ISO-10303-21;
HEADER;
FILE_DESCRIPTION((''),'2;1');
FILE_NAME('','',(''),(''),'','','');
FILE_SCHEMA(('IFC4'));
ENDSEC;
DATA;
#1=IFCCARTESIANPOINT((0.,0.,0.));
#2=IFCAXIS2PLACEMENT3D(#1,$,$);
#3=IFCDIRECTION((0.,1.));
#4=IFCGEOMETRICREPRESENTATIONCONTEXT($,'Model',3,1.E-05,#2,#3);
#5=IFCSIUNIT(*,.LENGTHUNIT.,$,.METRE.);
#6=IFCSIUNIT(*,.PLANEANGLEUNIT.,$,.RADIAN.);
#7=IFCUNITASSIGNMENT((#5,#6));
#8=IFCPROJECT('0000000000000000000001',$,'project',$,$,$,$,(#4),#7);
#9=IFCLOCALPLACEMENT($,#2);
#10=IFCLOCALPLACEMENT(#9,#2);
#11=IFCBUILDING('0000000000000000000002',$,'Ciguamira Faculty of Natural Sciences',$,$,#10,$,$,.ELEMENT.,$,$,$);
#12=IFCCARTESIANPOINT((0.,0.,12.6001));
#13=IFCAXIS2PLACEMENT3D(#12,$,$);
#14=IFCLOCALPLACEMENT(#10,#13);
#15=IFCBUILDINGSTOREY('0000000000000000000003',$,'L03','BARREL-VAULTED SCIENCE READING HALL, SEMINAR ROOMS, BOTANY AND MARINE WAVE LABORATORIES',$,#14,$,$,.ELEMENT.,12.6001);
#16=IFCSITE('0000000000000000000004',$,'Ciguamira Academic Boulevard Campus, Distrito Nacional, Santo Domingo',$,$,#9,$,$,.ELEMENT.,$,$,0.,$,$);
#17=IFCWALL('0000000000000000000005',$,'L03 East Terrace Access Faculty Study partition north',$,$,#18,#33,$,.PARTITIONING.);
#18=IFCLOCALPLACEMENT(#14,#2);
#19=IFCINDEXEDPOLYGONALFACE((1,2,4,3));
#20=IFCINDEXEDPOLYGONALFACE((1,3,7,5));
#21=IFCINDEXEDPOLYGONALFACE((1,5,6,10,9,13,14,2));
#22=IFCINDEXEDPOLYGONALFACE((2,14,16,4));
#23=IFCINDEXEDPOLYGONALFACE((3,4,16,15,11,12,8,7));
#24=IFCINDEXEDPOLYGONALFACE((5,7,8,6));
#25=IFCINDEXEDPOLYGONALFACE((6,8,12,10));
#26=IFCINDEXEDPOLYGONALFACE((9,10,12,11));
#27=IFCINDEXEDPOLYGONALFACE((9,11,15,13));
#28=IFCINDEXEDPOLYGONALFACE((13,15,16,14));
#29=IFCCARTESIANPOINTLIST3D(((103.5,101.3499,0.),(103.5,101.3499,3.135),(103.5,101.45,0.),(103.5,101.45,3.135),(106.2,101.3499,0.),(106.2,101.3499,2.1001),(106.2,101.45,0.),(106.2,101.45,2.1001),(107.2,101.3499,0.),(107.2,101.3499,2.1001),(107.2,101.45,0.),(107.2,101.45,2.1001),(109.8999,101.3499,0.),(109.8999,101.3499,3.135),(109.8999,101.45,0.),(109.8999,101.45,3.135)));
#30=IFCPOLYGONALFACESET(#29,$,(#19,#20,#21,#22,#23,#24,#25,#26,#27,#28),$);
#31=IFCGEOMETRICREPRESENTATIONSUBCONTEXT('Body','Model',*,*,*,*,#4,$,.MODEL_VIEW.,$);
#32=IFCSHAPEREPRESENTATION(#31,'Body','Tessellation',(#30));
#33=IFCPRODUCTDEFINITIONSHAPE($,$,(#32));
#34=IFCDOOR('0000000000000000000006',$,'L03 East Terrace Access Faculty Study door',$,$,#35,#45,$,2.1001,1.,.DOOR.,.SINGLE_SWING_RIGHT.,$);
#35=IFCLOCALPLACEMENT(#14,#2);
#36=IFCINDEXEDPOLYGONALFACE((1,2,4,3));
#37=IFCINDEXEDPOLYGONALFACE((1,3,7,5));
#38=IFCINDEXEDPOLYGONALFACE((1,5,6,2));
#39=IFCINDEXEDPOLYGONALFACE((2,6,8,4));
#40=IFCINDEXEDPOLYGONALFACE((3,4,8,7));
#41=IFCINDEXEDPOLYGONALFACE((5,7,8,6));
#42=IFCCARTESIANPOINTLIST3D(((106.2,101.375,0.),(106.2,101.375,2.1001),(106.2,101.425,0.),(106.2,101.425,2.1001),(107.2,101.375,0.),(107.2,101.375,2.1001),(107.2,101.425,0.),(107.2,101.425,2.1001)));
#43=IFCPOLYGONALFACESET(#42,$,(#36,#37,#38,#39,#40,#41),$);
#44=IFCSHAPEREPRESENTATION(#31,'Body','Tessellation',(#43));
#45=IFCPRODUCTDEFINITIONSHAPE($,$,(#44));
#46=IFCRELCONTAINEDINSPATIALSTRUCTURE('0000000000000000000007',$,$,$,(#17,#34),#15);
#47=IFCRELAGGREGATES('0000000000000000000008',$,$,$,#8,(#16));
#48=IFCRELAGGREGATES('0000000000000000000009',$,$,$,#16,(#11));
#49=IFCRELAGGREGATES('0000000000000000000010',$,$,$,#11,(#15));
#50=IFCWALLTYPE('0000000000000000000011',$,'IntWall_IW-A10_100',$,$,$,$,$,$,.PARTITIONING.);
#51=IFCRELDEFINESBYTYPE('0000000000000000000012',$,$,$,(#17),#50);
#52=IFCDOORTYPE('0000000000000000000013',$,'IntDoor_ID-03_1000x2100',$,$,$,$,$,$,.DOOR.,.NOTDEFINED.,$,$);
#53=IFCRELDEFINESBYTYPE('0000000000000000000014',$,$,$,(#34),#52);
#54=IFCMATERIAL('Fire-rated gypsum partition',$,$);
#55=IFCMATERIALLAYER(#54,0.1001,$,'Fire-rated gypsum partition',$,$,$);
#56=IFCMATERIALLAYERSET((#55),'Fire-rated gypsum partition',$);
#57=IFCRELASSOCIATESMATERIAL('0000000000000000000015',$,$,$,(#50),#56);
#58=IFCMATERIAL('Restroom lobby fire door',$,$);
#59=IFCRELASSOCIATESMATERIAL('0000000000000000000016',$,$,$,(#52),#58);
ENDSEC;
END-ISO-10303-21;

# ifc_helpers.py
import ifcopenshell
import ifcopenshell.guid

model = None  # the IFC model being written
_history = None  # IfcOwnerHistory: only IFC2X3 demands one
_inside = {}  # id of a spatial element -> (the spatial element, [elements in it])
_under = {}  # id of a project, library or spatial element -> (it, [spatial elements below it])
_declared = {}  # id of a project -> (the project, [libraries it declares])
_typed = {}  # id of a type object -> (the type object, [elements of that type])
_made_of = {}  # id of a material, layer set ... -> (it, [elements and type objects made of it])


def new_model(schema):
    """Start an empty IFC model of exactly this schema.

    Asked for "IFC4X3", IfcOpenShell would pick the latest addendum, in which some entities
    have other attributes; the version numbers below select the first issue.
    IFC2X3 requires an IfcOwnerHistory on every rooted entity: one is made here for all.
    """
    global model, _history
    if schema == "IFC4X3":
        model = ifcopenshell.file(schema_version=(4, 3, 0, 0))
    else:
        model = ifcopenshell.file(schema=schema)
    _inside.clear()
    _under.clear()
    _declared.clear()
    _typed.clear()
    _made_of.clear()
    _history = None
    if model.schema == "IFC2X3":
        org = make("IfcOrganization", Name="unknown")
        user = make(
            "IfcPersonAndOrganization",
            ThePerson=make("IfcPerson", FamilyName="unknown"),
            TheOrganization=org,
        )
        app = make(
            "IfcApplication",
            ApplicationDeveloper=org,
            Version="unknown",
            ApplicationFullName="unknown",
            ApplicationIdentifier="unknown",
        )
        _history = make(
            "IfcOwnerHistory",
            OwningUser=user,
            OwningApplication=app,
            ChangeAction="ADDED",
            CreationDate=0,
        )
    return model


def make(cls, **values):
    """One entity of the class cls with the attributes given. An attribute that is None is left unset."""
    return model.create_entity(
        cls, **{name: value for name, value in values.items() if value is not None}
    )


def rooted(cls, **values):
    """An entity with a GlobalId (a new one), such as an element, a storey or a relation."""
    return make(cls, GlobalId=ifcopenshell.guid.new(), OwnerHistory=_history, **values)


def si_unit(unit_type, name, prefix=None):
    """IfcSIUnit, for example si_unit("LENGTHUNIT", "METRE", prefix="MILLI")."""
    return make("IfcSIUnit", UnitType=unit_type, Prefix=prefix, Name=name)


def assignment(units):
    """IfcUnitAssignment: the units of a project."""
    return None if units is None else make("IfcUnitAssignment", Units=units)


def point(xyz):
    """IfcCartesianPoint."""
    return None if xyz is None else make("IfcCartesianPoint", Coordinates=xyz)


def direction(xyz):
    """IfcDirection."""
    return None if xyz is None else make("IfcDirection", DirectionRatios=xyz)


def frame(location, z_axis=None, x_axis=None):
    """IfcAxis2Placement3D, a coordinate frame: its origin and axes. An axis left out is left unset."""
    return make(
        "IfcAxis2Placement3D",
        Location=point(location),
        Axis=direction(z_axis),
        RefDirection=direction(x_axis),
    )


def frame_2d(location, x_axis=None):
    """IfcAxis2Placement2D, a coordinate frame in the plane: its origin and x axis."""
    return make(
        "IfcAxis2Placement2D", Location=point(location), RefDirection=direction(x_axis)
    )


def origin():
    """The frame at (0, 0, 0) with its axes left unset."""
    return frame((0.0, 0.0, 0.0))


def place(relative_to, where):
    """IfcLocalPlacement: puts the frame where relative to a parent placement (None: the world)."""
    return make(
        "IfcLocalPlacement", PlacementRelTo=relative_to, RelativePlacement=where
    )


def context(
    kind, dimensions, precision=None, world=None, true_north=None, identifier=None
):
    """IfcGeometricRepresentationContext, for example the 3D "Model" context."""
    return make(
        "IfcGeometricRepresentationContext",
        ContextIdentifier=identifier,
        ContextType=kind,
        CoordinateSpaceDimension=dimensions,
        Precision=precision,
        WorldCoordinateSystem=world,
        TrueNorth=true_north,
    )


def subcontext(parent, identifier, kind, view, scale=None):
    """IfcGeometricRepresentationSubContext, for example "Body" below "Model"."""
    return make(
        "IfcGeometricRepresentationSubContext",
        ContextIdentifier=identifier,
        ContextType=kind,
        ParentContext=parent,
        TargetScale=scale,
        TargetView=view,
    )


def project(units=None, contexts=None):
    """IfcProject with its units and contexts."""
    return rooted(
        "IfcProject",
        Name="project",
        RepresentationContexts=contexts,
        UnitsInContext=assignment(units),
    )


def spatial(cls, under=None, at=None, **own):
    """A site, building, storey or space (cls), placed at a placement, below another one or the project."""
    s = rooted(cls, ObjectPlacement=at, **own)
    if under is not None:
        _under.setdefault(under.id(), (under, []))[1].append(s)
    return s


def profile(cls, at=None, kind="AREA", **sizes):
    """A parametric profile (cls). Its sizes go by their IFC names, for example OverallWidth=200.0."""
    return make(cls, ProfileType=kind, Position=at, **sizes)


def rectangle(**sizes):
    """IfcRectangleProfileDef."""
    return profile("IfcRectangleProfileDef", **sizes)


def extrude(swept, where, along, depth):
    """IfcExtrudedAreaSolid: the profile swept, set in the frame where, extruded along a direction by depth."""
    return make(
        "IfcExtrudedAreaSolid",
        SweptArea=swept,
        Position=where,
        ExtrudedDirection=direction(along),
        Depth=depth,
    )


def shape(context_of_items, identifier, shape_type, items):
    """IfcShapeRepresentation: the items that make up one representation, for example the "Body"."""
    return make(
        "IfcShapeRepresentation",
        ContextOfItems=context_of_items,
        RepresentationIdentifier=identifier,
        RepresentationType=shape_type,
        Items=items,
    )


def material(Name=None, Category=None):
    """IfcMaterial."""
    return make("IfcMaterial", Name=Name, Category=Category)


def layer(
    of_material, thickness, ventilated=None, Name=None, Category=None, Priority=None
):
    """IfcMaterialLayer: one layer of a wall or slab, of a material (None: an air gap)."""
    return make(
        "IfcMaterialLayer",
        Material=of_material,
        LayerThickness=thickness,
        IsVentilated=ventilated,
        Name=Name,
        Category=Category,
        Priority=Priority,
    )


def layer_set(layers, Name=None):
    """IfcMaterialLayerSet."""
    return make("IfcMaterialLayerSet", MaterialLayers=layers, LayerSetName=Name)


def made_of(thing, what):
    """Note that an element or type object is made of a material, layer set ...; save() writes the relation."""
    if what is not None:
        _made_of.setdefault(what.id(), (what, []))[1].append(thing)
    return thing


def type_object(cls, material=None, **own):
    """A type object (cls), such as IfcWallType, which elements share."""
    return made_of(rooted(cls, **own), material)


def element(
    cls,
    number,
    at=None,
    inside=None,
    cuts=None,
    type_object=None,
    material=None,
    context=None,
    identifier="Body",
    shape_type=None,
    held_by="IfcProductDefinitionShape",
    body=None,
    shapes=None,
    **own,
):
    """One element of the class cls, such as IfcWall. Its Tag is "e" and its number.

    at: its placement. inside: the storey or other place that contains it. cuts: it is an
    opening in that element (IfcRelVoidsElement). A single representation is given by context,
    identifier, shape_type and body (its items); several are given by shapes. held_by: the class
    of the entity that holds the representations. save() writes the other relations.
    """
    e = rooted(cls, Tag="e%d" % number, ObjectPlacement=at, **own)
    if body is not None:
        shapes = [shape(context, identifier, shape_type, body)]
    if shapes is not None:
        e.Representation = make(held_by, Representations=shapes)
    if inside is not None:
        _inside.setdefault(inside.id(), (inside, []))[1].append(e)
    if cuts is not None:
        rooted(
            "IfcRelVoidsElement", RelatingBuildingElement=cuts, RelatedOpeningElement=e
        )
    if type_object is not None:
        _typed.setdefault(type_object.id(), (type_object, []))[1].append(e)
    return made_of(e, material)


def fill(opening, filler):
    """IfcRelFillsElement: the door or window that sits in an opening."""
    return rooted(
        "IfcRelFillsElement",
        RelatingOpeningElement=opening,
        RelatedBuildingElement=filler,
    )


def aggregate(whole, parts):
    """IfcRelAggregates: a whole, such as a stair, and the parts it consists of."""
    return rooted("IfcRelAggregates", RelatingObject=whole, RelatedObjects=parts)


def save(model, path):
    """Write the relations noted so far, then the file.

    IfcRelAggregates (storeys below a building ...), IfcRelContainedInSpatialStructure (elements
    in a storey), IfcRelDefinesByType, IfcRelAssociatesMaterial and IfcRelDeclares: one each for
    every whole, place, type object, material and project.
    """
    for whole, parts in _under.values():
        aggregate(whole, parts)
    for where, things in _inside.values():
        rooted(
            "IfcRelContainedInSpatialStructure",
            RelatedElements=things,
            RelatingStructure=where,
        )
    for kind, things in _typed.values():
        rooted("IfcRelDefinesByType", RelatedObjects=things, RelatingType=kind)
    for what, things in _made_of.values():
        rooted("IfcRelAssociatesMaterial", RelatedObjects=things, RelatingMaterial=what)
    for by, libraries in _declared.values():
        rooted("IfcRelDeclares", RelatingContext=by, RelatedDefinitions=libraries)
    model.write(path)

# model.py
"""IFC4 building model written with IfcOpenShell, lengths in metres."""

from ifc_helpers import new_model, si_unit, direction, frame, frame_2d, origin, place, context, subcontext, project, spatial, rectangle, extrude, material, layer, layer_set, type_object, element, fill, save


model = new_model("IFC4")

# Units and contexts
model_context = context("Model", 3, precision=1e-05, world=origin(), true_north=direction((0.0, 1.0)))
body_context = subcontext(model_context, "Body", "Model", "MODEL_VIEW")
ifc_project = project(units=[si_unit("LENGTHUNIT", "METRE"), si_unit("PLANEANGLEUNIT", "RADIAN")], contexts=[model_context])

# Site, building, storey
site_placement = place(None, origin())
site = spatial("IfcSite", under=ifc_project, at=site_placement, Name="Ciguamira Academic Boulevard Campus, Distrito Nacional, Santo Domingo", CompositionType="ELEMENT", RefElevation=0.0)
building_placement = place(site_placement, origin())
building = spatial("IfcBuilding", under=site, at=building_placement, Name="Ciguamira Faculty of Natural Sciences", CompositionType="ELEMENT")
storey_placement = place(building_placement, frame((0.0, 0.0, 12.6001)))
storey = spatial("IfcBuildingStorey", under=building, at=storey_placement, Name="L03", Description="BARREL-VAULTED SCIENCE READING HALL, SEMINAR ROOMS, BOTANY AND MARINE WAVE LABORATORIES", CompositionType="ELEMENT", Elevation=12.6001)

# Wall, opening, door
ifc_material_1 = material(Name="Fire-rated gypsum partition")
ifc_layer_1 = layer(ifc_material_1, 0.1001, Name="Fire-rated gypsum partition")
ifc_layer_set_1 = layer_set([ifc_layer_1], Name="Fire-rated gypsum partition")
wall_type_1 = type_object("IfcWallType", Name="IntWall_IW-A10_100", PredefinedType="PARTITIONING", material=ifc_layer_set_1)
wall_1_placement = place(storey_placement, frame((103.5, 101.3999, 0.0), z_axis=(0.0, 0.0, 1.0), x_axis=(1.0, 0.0, 0.0)))
wall_1 = element("IfcWall", 1, at=wall_1_placement, inside=storey, type_object=wall_type_1, Name="L03 East Terrace Access Faculty Study partition north", PredefinedType="PARTITIONING", context=body_context, shape_type="SweptSolid", body=[
    extrude(rectangle(XDim=6.3999, YDim=0.1001, at=frame_2d((3.2, 0.0))), origin(), (0.0, 0.0, 1.0), 3.135),
])
opening_1_placement = place(wall_1_placement, frame((2.7, 0.0, 0.0)))
opening_1 = element("IfcOpeningElement", 2, at=opening_1_placement, cuts=wall_1, PredefinedType="OPENING", context=body_context, shape_type="SweptSolid", body=[
    extrude(rectangle(XDim=1.0, YDim=2.1001, at=frame_2d((0.5, 1.05))), frame((0.0, 0.0601, 0.0), z_axis=(0.0, -1.0, 0.0), x_axis=(1.0, 0.0, 0.0)), (0.0, 0.0, 1.0), 0.1201),
])
ifc_material_2 = material(Name="Restroom lobby fire door")
door_type_1 = type_object("IfcDoorType", Name="IntDoor_ID-03_1000x2100", OperationType="NOTDEFINED", PredefinedType="DOOR", material=ifc_material_2)
door_1_placement = place(opening_1_placement, frame((1.0, 0.0, 0.0), z_axis=(0.0, 0.0, 1.0), x_axis=(-1.0, 0.0, 0.0)))
door_1 = element("IfcDoor", 3, at=door_1_placement, inside=storey, type_object=door_type_1, Name="L03 East Terrace Access Faculty Study door", OperationType="SINGLE_SWING_RIGHT", OverallHeight=2.1001, OverallWidth=1.0, PredefinedType="DOOR", context=body_context, shape_type="SweptSolid", body=[
    extrude(rectangle(XDim=1.0, YDim=2.1001, at=frame_2d((0.5, 1.05))), frame((0.0, 0.0249, 0.0), z_axis=(0.0, -1.0, 0.0), x_axis=(1.0, 0.0, 0.0)), (0.0, 0.0, 1.0), 0.05),
])
fill(opening_1, door_1)

save(model, "model.ifc")
